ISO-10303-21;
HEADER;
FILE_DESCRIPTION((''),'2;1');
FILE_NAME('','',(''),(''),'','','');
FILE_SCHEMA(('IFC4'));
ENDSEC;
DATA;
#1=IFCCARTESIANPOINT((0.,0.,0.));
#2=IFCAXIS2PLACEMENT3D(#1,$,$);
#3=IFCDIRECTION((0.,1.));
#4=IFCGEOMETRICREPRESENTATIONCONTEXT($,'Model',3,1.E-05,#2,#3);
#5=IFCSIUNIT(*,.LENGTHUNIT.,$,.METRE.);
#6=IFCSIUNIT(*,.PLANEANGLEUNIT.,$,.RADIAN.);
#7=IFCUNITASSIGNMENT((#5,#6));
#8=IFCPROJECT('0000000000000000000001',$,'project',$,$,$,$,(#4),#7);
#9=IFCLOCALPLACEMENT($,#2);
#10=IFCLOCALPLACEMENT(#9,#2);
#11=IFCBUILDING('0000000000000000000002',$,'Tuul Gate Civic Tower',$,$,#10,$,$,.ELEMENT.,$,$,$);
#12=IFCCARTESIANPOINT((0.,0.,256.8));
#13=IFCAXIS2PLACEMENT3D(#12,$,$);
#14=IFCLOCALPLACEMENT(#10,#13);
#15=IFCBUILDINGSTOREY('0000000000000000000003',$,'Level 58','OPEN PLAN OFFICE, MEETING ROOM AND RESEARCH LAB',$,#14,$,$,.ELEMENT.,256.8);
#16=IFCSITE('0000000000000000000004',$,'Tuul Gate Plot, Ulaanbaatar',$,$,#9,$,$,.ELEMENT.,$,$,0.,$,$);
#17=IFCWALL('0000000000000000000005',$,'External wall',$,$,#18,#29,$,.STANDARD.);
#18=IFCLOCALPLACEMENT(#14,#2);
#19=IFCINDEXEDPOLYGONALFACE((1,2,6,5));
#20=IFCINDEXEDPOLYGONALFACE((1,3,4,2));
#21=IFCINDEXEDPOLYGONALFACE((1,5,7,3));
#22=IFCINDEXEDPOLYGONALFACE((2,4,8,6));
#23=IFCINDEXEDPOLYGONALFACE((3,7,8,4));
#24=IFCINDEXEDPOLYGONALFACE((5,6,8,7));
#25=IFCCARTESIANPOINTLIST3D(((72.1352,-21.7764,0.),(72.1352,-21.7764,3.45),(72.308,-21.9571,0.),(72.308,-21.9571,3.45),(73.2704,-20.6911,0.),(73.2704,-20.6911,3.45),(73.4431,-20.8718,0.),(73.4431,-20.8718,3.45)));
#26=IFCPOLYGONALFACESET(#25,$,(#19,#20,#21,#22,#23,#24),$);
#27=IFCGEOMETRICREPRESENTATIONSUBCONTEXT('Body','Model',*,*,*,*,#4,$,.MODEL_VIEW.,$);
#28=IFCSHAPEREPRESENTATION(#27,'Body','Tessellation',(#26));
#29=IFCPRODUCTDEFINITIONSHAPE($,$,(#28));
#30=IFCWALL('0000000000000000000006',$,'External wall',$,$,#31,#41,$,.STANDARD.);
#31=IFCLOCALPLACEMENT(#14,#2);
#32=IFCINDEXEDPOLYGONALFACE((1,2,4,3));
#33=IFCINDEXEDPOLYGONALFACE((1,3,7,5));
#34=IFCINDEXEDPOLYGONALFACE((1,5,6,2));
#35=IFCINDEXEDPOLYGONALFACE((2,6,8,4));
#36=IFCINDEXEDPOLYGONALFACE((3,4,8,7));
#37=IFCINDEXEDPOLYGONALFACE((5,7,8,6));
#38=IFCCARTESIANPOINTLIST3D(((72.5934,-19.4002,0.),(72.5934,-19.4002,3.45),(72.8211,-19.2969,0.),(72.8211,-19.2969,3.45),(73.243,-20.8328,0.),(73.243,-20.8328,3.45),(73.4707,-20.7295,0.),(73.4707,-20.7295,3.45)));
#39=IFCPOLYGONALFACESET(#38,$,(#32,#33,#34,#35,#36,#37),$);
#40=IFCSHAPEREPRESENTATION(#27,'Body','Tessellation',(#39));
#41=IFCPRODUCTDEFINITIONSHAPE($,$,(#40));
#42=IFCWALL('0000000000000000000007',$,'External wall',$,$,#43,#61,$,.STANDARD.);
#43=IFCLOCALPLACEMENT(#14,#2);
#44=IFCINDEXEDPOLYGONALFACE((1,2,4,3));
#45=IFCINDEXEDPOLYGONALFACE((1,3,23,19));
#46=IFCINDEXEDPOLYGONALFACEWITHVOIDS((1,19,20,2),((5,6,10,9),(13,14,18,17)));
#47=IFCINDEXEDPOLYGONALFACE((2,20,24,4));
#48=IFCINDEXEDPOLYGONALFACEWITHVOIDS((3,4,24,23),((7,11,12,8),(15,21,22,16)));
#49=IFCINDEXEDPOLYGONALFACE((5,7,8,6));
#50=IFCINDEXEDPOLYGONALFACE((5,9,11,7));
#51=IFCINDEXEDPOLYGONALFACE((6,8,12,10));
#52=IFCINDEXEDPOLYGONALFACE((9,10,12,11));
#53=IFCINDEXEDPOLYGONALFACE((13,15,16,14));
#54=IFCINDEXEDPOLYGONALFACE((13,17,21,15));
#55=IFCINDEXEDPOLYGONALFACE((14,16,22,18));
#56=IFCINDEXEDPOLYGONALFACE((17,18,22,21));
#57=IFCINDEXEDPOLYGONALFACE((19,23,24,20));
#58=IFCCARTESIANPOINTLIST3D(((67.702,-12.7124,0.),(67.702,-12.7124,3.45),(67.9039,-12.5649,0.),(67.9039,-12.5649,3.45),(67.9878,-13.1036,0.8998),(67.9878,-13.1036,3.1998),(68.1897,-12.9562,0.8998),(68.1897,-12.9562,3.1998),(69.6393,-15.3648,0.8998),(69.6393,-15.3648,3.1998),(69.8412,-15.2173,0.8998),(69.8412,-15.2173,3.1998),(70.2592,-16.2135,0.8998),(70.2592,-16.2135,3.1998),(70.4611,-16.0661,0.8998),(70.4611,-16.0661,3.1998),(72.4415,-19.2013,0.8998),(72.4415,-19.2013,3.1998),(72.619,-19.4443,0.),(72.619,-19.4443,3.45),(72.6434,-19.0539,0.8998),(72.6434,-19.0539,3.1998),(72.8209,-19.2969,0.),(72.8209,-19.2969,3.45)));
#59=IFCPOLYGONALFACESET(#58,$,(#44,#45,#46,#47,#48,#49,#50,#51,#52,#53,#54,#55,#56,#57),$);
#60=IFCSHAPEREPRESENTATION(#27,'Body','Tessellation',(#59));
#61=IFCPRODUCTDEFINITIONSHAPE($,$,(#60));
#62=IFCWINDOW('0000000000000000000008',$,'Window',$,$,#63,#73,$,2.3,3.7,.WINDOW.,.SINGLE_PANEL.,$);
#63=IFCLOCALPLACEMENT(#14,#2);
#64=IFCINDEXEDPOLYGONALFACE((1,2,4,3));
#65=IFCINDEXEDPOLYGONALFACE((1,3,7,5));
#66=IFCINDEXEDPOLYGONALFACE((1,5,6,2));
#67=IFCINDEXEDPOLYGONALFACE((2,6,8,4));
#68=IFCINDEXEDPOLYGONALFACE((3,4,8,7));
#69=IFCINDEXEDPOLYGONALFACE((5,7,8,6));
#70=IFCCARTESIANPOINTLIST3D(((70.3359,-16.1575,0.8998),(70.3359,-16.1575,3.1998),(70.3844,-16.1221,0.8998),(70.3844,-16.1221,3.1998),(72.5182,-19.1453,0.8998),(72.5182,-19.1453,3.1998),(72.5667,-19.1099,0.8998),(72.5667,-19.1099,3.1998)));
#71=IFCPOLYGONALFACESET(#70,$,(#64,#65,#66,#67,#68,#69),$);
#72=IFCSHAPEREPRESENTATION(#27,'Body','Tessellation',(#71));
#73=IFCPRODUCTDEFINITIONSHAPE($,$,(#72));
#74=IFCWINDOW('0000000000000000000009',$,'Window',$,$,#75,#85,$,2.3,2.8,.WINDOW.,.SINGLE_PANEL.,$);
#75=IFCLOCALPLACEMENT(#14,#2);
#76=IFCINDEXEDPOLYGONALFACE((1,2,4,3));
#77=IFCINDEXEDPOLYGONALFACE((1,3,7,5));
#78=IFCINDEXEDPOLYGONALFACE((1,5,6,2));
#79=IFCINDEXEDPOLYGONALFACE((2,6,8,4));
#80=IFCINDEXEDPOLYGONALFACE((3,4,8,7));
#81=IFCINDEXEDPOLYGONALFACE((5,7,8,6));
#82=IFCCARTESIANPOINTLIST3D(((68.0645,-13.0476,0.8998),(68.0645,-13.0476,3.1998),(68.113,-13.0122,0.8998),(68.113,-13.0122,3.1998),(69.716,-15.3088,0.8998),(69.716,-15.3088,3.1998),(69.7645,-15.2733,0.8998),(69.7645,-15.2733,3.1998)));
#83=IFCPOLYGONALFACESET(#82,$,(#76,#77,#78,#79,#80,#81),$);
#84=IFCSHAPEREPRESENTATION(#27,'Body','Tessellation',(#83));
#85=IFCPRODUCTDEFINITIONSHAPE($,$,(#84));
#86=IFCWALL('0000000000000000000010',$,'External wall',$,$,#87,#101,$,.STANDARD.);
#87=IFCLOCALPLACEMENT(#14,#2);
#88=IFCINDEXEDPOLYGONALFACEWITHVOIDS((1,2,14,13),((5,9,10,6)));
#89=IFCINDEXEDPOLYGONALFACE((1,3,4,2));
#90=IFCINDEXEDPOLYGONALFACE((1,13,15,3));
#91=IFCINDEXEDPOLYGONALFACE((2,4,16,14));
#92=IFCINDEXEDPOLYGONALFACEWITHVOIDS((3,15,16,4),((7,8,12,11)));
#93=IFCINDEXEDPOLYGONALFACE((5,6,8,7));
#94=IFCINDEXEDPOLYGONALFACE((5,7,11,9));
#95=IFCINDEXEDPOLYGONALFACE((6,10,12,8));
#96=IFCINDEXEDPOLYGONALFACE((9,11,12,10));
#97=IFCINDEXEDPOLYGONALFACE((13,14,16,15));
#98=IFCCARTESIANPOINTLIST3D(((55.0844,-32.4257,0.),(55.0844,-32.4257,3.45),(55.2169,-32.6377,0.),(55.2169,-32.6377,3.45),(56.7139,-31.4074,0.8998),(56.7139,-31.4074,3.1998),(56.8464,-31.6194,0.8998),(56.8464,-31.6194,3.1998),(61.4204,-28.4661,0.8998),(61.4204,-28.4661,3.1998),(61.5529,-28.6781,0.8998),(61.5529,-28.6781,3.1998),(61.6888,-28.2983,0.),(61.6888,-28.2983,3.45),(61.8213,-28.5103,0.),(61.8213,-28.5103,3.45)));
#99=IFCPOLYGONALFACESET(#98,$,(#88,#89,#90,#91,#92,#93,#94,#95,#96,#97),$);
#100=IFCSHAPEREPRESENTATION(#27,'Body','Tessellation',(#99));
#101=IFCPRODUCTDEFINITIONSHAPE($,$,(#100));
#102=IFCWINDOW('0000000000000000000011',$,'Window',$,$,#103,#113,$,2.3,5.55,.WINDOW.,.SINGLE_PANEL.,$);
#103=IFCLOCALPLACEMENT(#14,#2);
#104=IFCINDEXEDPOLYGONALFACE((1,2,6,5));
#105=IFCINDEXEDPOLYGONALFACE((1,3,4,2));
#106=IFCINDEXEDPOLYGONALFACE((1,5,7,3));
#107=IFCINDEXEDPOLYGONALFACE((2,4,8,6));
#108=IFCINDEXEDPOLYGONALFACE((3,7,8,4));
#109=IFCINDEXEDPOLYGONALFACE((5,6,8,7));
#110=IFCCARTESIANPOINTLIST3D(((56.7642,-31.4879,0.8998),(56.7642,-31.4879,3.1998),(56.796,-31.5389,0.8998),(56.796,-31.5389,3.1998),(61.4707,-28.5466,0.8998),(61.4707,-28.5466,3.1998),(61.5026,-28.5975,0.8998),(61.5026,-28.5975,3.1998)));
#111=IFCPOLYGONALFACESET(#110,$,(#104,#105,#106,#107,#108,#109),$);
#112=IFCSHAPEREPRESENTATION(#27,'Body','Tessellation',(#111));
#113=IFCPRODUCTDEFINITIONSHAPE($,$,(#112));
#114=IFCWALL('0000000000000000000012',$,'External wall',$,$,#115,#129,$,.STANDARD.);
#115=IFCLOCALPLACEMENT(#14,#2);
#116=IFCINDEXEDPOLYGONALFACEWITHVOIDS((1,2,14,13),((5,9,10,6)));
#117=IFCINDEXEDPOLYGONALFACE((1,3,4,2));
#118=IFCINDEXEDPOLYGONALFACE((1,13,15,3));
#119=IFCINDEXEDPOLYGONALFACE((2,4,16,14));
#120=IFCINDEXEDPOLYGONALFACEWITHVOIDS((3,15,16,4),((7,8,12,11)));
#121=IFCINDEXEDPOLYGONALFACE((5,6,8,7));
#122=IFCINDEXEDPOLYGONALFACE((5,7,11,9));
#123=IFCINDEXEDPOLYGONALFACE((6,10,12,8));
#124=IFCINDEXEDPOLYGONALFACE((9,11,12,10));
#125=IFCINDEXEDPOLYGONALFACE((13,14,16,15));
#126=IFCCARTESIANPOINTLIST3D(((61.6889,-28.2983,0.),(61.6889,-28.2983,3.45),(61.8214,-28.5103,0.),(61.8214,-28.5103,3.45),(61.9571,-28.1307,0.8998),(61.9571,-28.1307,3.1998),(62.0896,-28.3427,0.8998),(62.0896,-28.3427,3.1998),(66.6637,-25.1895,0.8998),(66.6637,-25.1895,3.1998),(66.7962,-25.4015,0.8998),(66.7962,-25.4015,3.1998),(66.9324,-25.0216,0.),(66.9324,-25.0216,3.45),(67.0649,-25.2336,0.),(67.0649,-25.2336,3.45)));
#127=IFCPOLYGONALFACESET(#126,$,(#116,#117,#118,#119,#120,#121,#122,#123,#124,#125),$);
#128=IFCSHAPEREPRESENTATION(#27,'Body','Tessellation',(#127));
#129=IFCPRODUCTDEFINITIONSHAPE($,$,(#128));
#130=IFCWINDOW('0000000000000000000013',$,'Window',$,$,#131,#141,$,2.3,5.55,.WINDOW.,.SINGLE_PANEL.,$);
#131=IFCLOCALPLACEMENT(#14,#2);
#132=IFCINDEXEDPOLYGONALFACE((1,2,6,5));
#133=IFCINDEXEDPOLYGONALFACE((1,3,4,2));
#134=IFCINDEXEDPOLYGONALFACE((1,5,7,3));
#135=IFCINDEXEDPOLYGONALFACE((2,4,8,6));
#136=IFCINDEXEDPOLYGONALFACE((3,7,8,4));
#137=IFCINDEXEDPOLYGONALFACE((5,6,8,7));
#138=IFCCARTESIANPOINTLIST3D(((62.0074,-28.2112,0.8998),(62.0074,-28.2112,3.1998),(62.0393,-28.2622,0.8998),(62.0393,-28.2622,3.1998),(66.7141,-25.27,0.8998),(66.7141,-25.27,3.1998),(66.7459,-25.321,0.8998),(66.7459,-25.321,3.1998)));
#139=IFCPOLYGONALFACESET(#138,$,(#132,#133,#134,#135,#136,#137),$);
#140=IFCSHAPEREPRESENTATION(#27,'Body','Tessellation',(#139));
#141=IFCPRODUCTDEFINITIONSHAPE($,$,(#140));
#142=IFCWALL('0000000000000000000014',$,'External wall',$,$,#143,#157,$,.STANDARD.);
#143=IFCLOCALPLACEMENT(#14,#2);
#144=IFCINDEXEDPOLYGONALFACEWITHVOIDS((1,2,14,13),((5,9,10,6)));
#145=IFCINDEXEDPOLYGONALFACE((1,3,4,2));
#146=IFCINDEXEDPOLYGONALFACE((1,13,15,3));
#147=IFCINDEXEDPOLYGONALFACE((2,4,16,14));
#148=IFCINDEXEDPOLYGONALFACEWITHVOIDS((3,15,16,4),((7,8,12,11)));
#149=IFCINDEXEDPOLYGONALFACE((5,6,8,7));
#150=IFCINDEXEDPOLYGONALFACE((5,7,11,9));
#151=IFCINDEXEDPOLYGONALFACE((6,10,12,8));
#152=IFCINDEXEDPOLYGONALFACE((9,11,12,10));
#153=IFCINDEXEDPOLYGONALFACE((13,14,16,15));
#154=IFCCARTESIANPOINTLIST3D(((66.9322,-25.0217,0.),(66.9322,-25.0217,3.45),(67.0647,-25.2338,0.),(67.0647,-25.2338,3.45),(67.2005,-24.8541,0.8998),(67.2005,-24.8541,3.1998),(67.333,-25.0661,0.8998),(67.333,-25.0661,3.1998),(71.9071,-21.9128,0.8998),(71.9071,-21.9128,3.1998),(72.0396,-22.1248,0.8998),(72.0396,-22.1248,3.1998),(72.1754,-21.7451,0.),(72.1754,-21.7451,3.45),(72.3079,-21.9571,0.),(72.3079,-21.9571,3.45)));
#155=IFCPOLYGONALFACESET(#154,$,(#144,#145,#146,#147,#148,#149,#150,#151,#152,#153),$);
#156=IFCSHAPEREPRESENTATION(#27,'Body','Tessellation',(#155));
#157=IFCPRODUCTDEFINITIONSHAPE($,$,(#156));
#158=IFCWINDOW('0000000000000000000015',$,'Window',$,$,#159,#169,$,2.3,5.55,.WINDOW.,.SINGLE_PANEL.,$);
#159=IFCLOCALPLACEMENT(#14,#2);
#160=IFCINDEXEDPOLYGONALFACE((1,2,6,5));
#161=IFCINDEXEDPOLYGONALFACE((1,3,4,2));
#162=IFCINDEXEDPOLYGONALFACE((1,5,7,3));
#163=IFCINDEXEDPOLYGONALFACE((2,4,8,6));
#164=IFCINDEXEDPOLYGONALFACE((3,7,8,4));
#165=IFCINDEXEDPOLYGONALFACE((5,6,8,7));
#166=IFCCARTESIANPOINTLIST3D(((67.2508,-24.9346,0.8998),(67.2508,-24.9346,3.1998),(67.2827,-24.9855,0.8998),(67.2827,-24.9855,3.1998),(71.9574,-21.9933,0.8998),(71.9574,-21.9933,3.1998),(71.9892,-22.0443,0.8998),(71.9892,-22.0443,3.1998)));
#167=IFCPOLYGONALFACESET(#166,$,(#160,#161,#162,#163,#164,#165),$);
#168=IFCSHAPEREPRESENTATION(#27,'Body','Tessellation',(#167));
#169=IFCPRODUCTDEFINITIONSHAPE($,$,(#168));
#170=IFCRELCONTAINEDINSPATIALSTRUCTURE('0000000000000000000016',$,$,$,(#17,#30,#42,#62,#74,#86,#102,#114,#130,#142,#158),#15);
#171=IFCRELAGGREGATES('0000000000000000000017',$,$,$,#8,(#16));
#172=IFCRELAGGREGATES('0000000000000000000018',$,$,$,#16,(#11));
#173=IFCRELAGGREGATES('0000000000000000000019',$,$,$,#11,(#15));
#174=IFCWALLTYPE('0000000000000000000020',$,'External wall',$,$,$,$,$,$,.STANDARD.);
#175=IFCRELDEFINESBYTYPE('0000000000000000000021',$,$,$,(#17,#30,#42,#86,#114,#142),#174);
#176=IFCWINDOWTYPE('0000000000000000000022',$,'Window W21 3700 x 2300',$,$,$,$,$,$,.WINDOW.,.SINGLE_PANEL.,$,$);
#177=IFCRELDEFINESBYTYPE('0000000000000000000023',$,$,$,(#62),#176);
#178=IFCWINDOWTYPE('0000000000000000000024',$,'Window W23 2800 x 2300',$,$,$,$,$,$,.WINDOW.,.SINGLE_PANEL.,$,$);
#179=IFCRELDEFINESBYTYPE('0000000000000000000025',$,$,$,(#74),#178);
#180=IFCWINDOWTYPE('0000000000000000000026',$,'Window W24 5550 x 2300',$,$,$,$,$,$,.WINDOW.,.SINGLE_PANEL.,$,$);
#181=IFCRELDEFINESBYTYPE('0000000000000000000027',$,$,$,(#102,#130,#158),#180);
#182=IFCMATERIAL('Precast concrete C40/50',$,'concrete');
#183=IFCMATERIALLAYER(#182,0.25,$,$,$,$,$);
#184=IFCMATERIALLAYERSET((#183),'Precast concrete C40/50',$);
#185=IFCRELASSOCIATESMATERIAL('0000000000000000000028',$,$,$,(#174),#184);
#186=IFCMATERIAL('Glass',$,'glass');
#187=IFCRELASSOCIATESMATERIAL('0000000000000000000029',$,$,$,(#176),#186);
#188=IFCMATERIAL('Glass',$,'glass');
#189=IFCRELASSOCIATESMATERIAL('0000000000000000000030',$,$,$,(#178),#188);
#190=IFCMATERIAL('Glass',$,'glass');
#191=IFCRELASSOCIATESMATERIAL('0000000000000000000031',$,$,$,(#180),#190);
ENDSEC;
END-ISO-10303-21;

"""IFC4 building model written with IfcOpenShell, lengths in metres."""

from ifc_helpers import new_model, si_unit, direction, frame, frame_2d, origin, place, context, subcontext, project, spatial, rectangle, extrude, material, layer, layer_set, type_object, element, fill, save


model = new_model("IFC4")

# Units and contexts
model_context = context("Model", 3, precision=1e-05, world=origin(), true_north=direction((0.0, 1.0)))
body_context = subcontext(model_context, "Body", "Model", "MODEL_VIEW")
ifc_project = project(units=[si_unit("LENGTHUNIT", "METRE"), si_unit("PLANEANGLEUNIT", "RADIAN")], contexts=[model_context])

# Site, building, storey
site_placement = place(None, origin())
site = spatial("IfcSite", under=ifc_project, at=site_placement, Name="Tuul Gate Plot, Ulaanbaatar", CompositionType="ELEMENT", RefElevation=0.0)
building_placement = place(site_placement, origin())
building = spatial("IfcBuilding", under=site, at=building_placement, Name="Tuul Gate Civic Tower", CompositionType="ELEMENT")
storey_placement = place(building_placement, frame((0.0, 0.0, 256.8)))
storey = spatial("IfcBuildingStorey", under=building, at=storey_placement, Name="Level 58", Description="OPEN PLAN OFFICE, MEETING ROOM AND RESEARCH LAB", CompositionType="ELEMENT", Elevation=256.8)

# Walls
ifc_material_1 = material(Name="Precast concrete C40/50", Category="concrete")
ifc_layer_1 = layer(ifc_material_1, 0.25)
ifc_layer_set_1 = layer_set([ifc_layer_1], Name="Precast concrete C40/50")
wall_type_1 = type_object("IfcWallType", Name="External wall", PredefinedType="STANDARD", material=ifc_layer_set_1)
wall_1_placement = place(storey_placement, frame((72.2217, -21.8667, 0.0), z_axis=(0.0, 0.0, 1.0), x_axis=(0.722784, 0.691074, 0.0)))
element("IfcWall", 1, at=wall_1_placement, inside=storey, type_object=wall_type_1, Name="External wall", PredefinedType="STANDARD", context=body_context, shape_type="SweptSolid", body=[
    extrude(rectangle(XDim=1.5706, YDim=0.25, at=frame_2d((0.7852, 0.0))), origin(), (0.0, 0.0, 1.0), 3.45),
])
wall_2_placement = place(storey_placement, frame((73.3569, -20.7812, 0.0), z_axis=(0.0, 0.0, 1.0), x_axis=(-0.412996, 0.910733, 0.0)))
element("IfcWall", 2, at=wall_2_placement, inside=storey, type_object=wall_type_1, Name="External wall", PredefinedType="STANDARD", context=body_context, shape_type="SweptSolid", body=[
    extrude(rectangle(XDim=1.573, YDim=0.25, at=frame_2d((0.7866, 0.0))), origin(), (0.0, 0.0, 1.0), 3.45),
])

# Wall, openings, windows
wall_3_placement = place(storey_placement, frame((72.72, -19.3706, 0.0), z_axis=(0.0, 0.0, 1.0), x_axis=(-0.589821, 0.807534, 0.0)))
wall_3 = element("IfcWall", 3, at=wall_3_placement, inside=storey, type_object=wall_type_1, Name="External wall", PredefinedType="STANDARD", context=body_context, shape_type="SweptSolid", body=[
    extrude(rectangle(XDim=8.3364, YDim=0.25, at=frame_2d((4.1682, 0.0))), origin(), (0.0, 0.0, 1.0), 3.45),
])
opening_1_placement = place(wall_3_placement, frame((0.3008, 0.0, 0.8999)))
opening_1 = element("IfcOpeningElement", 4, at=opening_1_placement, cuts=wall_3, PredefinedType="OPENING", context=body_context, shape_type="SweptSolid", body=[
    extrude(rectangle(XDim=3.7, YDim=2.3, at=frame_2d((1.8501, 1.1499))), frame((0.0, 0.135, 0.0), z_axis=(0.0, -1.0, 0.0), x_axis=(1.0, 0.0, 0.0)), (0.0, 0.0, 1.0), 0.27),
])
opening_2_placement = place(wall_3_placement, frame((5.052, 0.0, 0.8999)))
opening_2 = element("IfcOpeningElement", 5, at=opening_2_placement, cuts=wall_3, PredefinedType="OPENING", context=body_context, shape_type="SweptSolid", body=[
    extrude(rectangle(XDim=2.8, YDim=2.3, at=frame_2d((1.3999, 1.1499))), frame((0.0, 0.135, 0.0), z_axis=(0.0, -1.0, 0.0), x_axis=(1.0, 0.0, 0.0)), (0.0, 0.0, 1.0), 0.27),
])
ifc_material_2 = material(Name="Glass", Category="glass")
window_type_1 = type_object("IfcWindowType", Name="Window W21 3700 x 2300", PartitioningType="SINGLE_PANEL", PredefinedType="WINDOW", material=ifc_material_2)
window_1_placement = place(opening_1_placement, origin())
window_1 = element("IfcWindow", 6, at=window_1_placement, inside=storey, type_object=window_type_1, Name="Window", OverallHeight=2.3, OverallWidth=3.7, PartitioningType="SINGLE_PANEL", PredefinedType="WINDOW", context=body_context, shape_type="SweptSolid", body=[
    extrude(rectangle(XDim=3.7, YDim=2.3, at=frame_2d((1.8501, 1.1499))), frame((0.0, 0.03, 0.0), z_axis=(0.0, -1.0, 0.0), x_axis=(1.0, 0.0, 0.0)), (0.0, 0.0, 1.0), 0.0601),
])
fill(opening_1, window_1)
ifc_material_3 = material(Name="Glass", Category="glass")
window_type_2 = type_object("IfcWindowType", Name="Window W23 2800 x 2300", PartitioningType="SINGLE_PANEL", PredefinedType="WINDOW", material=ifc_material_3)
window_2_placement = place(opening_2_placement, origin())
window_2 = element("IfcWindow", 7, at=window_2_placement, inside=storey, type_object=window_type_2, Name="Window", OverallHeight=2.3, OverallWidth=2.8, PartitioningType="SINGLE_PANEL", PredefinedType="WINDOW", context=body_context, shape_type="SweptSolid", body=[
    extrude(rectangle(XDim=2.8, YDim=2.3, at=frame_2d((1.3999, 1.1499))), frame((0.0, 0.03, 0.0), z_axis=(0.0, -1.0, 0.0), x_axis=(1.0, 0.0, 0.0)), (0.0, 0.0, 1.0), 0.0601),
])
fill(opening_2, window_2)

# Walls, openings, windows
wall_4_placement = place(storey_placement, frame((55.1506, -32.5317, 0.0), z_axis=(0.0, 0.0, 1.0), x_axis=(0.848019, 0.529965, 0.0)))
wall_4 = element("IfcWall", 8, at=wall_4_placement, inside=storey, type_object=wall_type_1, Name="External wall", PredefinedType="STANDARD", context=body_context, shape_type="SweptSolid", body=[
    extrude(rectangle(XDim=7.7881, YDim=0.25, at=frame_2d((3.894, 0.0))), origin(), (0.0, 0.0, 1.0), 3.45),
])
opening_3_placement = place(wall_4_placement, frame((1.9216, 0.0, 0.8999)))
opening_3 = element("IfcOpeningElement", 9, at=opening_3_placement, cuts=wall_4, PredefinedType="OPENING", context=body_context, shape_type="SweptSolid", body=[
    extrude(rectangle(XDim=5.55, YDim=2.3, at=frame_2d((2.7749, 1.1499))), frame((0.0, 0.135, 0.0), z_axis=(0.0, -1.0, 0.0), x_axis=(1.0, 0.0, 0.0)), (0.0, 0.0, 1.0), 0.27),
])
ifc_material_4 = material(Name="Glass", Category="glass")
window_type_3 = type_object("IfcWindowType", Name="Window W24 5550 x 2300", PartitioningType="SINGLE_PANEL", PredefinedType="WINDOW", material=ifc_material_4)
window_3_placement = place(opening_3_placement, origin())
window_3 = element("IfcWindow", 10, at=window_3_placement, inside=storey, type_object=window_type_3, Name="Window", OverallHeight=2.3, OverallWidth=5.55, PartitioningType="SINGLE_PANEL", PredefinedType="WINDOW", context=body_context, shape_type="SweptSolid", body=[
    extrude(rectangle(XDim=5.55, YDim=2.3, at=frame_2d((2.7749, 1.1499))), frame((0.0, 0.03, 0.0), z_axis=(0.0, -1.0, 0.0), x_axis=(1.0, 0.0, 0.0)), (0.0, 0.0, 1.0), 0.0601),
])
fill(opening_3, window_3)
wall_5_placement = place(storey_placement, frame((61.7551, -28.4043, 0.0), z_axis=(0.0, 0.0, 1.0), x_axis=(0.848036, 0.529939, 0.0)))
wall_5 = element("IfcWall", 11, at=wall_5_placement, inside=storey, type_object=wall_type_1, Name="External wall", PredefinedType="STANDARD", context=body_context, shape_type="SweptSolid", body=[
    extrude(rectangle(XDim=6.1831, YDim=0.25, at=frame_2d((3.0916, 0.0))), origin(), (0.0, 0.0, 1.0), 3.45),
])
opening_4_placement = place(wall_5_placement, frame((0.3164, 0.0, 0.8999)))
opening_4 = element("IfcOpeningElement", 12, at=opening_4_placement, cuts=wall_5, PredefinedType="OPENING", context=body_context, shape_type="SweptSolid", body=[
    extrude(rectangle(XDim=5.55, YDim=2.3, at=frame_2d((2.7749, 1.1499))), frame((0.0, 0.135, 0.0), z_axis=(0.0, -1.0, 0.0), x_axis=(1.0, 0.0, 0.0)), (0.0, 0.0, 1.0), 0.27),
])
window_4_placement = place(opening_4_placement, origin())
window_4 = element("IfcWindow", 13, at=window_4_placement, inside=storey, type_object=window_type_3, Name="Window", OverallHeight=2.3, OverallWidth=5.55, PartitioningType="SINGLE_PANEL", PredefinedType="WINDOW", context=body_context, shape_type="SweptSolid", body=[
    extrude(rectangle(XDim=5.55, YDim=2.3, at=frame_2d((2.7749, 1.1499))), frame((0.0, 0.03, 0.0), z_axis=(0.0, -1.0, 0.0), x_axis=(1.0, 0.0, 0.0)), (0.0, 0.0, 1.0), 0.0601),
])
fill(opening_4, window_4)
wall_6_placement = place(storey_placement, frame((66.9985, -25.1277, 0.0), z_axis=(0.0, 0.0, 1.0), x_axis=(0.848025, 0.529956, 0.0)))
wall_6 = element("IfcWall", 14, at=wall_6_placement, inside=storey, type_object=wall_type_1, Name="External wall", PredefinedType="STANDARD", context=body_context, shape_type="SweptSolid", body=[
    extrude(rectangle(XDim=6.1829, YDim=0.25, at=frame_2d((3.0913, 0.0))), origin(), (0.0, 0.0, 1.0), 3.45),
])
opening_5_placement = place(wall_6_placement, frame((0.3164, 0.0, 0.8999)))
opening_5 = element("IfcOpeningElement", 15, at=opening_5_placement, cuts=wall_6, PredefinedType="OPENING", context=body_context, shape_type="SweptSolid", body=[
    extrude(rectangle(XDim=5.55, YDim=2.3, at=frame_2d((2.7749, 1.1499))), frame((0.0, 0.135, 0.0), z_axis=(0.0, -1.0, 0.0), x_axis=(1.0, 0.0, 0.0)), (0.0, 0.0, 1.0), 0.27),
])
window_5_placement = place(opening_5_placement, origin())
window_5 = element("IfcWindow", 16, at=window_5_placement, inside=storey, type_object=window_type_3, Name="Window", OverallHeight=2.3, OverallWidth=5.55, PartitioningType="SINGLE_PANEL", PredefinedType="WINDOW", context=body_context, shape_type="SweptSolid", body=[
    extrude(rectangle(XDim=5.55, YDim=2.3, at=frame_2d((2.7749, 1.1499))), frame((0.0, 0.03, 0.0), z_axis=(0.0, -1.0, 0.0), x_axis=(1.0, 0.0, 0.0)), (0.0, 0.0, 1.0), 0.0601),
])
fill(opening_5, window_5)

save(model, "model.ifc")
